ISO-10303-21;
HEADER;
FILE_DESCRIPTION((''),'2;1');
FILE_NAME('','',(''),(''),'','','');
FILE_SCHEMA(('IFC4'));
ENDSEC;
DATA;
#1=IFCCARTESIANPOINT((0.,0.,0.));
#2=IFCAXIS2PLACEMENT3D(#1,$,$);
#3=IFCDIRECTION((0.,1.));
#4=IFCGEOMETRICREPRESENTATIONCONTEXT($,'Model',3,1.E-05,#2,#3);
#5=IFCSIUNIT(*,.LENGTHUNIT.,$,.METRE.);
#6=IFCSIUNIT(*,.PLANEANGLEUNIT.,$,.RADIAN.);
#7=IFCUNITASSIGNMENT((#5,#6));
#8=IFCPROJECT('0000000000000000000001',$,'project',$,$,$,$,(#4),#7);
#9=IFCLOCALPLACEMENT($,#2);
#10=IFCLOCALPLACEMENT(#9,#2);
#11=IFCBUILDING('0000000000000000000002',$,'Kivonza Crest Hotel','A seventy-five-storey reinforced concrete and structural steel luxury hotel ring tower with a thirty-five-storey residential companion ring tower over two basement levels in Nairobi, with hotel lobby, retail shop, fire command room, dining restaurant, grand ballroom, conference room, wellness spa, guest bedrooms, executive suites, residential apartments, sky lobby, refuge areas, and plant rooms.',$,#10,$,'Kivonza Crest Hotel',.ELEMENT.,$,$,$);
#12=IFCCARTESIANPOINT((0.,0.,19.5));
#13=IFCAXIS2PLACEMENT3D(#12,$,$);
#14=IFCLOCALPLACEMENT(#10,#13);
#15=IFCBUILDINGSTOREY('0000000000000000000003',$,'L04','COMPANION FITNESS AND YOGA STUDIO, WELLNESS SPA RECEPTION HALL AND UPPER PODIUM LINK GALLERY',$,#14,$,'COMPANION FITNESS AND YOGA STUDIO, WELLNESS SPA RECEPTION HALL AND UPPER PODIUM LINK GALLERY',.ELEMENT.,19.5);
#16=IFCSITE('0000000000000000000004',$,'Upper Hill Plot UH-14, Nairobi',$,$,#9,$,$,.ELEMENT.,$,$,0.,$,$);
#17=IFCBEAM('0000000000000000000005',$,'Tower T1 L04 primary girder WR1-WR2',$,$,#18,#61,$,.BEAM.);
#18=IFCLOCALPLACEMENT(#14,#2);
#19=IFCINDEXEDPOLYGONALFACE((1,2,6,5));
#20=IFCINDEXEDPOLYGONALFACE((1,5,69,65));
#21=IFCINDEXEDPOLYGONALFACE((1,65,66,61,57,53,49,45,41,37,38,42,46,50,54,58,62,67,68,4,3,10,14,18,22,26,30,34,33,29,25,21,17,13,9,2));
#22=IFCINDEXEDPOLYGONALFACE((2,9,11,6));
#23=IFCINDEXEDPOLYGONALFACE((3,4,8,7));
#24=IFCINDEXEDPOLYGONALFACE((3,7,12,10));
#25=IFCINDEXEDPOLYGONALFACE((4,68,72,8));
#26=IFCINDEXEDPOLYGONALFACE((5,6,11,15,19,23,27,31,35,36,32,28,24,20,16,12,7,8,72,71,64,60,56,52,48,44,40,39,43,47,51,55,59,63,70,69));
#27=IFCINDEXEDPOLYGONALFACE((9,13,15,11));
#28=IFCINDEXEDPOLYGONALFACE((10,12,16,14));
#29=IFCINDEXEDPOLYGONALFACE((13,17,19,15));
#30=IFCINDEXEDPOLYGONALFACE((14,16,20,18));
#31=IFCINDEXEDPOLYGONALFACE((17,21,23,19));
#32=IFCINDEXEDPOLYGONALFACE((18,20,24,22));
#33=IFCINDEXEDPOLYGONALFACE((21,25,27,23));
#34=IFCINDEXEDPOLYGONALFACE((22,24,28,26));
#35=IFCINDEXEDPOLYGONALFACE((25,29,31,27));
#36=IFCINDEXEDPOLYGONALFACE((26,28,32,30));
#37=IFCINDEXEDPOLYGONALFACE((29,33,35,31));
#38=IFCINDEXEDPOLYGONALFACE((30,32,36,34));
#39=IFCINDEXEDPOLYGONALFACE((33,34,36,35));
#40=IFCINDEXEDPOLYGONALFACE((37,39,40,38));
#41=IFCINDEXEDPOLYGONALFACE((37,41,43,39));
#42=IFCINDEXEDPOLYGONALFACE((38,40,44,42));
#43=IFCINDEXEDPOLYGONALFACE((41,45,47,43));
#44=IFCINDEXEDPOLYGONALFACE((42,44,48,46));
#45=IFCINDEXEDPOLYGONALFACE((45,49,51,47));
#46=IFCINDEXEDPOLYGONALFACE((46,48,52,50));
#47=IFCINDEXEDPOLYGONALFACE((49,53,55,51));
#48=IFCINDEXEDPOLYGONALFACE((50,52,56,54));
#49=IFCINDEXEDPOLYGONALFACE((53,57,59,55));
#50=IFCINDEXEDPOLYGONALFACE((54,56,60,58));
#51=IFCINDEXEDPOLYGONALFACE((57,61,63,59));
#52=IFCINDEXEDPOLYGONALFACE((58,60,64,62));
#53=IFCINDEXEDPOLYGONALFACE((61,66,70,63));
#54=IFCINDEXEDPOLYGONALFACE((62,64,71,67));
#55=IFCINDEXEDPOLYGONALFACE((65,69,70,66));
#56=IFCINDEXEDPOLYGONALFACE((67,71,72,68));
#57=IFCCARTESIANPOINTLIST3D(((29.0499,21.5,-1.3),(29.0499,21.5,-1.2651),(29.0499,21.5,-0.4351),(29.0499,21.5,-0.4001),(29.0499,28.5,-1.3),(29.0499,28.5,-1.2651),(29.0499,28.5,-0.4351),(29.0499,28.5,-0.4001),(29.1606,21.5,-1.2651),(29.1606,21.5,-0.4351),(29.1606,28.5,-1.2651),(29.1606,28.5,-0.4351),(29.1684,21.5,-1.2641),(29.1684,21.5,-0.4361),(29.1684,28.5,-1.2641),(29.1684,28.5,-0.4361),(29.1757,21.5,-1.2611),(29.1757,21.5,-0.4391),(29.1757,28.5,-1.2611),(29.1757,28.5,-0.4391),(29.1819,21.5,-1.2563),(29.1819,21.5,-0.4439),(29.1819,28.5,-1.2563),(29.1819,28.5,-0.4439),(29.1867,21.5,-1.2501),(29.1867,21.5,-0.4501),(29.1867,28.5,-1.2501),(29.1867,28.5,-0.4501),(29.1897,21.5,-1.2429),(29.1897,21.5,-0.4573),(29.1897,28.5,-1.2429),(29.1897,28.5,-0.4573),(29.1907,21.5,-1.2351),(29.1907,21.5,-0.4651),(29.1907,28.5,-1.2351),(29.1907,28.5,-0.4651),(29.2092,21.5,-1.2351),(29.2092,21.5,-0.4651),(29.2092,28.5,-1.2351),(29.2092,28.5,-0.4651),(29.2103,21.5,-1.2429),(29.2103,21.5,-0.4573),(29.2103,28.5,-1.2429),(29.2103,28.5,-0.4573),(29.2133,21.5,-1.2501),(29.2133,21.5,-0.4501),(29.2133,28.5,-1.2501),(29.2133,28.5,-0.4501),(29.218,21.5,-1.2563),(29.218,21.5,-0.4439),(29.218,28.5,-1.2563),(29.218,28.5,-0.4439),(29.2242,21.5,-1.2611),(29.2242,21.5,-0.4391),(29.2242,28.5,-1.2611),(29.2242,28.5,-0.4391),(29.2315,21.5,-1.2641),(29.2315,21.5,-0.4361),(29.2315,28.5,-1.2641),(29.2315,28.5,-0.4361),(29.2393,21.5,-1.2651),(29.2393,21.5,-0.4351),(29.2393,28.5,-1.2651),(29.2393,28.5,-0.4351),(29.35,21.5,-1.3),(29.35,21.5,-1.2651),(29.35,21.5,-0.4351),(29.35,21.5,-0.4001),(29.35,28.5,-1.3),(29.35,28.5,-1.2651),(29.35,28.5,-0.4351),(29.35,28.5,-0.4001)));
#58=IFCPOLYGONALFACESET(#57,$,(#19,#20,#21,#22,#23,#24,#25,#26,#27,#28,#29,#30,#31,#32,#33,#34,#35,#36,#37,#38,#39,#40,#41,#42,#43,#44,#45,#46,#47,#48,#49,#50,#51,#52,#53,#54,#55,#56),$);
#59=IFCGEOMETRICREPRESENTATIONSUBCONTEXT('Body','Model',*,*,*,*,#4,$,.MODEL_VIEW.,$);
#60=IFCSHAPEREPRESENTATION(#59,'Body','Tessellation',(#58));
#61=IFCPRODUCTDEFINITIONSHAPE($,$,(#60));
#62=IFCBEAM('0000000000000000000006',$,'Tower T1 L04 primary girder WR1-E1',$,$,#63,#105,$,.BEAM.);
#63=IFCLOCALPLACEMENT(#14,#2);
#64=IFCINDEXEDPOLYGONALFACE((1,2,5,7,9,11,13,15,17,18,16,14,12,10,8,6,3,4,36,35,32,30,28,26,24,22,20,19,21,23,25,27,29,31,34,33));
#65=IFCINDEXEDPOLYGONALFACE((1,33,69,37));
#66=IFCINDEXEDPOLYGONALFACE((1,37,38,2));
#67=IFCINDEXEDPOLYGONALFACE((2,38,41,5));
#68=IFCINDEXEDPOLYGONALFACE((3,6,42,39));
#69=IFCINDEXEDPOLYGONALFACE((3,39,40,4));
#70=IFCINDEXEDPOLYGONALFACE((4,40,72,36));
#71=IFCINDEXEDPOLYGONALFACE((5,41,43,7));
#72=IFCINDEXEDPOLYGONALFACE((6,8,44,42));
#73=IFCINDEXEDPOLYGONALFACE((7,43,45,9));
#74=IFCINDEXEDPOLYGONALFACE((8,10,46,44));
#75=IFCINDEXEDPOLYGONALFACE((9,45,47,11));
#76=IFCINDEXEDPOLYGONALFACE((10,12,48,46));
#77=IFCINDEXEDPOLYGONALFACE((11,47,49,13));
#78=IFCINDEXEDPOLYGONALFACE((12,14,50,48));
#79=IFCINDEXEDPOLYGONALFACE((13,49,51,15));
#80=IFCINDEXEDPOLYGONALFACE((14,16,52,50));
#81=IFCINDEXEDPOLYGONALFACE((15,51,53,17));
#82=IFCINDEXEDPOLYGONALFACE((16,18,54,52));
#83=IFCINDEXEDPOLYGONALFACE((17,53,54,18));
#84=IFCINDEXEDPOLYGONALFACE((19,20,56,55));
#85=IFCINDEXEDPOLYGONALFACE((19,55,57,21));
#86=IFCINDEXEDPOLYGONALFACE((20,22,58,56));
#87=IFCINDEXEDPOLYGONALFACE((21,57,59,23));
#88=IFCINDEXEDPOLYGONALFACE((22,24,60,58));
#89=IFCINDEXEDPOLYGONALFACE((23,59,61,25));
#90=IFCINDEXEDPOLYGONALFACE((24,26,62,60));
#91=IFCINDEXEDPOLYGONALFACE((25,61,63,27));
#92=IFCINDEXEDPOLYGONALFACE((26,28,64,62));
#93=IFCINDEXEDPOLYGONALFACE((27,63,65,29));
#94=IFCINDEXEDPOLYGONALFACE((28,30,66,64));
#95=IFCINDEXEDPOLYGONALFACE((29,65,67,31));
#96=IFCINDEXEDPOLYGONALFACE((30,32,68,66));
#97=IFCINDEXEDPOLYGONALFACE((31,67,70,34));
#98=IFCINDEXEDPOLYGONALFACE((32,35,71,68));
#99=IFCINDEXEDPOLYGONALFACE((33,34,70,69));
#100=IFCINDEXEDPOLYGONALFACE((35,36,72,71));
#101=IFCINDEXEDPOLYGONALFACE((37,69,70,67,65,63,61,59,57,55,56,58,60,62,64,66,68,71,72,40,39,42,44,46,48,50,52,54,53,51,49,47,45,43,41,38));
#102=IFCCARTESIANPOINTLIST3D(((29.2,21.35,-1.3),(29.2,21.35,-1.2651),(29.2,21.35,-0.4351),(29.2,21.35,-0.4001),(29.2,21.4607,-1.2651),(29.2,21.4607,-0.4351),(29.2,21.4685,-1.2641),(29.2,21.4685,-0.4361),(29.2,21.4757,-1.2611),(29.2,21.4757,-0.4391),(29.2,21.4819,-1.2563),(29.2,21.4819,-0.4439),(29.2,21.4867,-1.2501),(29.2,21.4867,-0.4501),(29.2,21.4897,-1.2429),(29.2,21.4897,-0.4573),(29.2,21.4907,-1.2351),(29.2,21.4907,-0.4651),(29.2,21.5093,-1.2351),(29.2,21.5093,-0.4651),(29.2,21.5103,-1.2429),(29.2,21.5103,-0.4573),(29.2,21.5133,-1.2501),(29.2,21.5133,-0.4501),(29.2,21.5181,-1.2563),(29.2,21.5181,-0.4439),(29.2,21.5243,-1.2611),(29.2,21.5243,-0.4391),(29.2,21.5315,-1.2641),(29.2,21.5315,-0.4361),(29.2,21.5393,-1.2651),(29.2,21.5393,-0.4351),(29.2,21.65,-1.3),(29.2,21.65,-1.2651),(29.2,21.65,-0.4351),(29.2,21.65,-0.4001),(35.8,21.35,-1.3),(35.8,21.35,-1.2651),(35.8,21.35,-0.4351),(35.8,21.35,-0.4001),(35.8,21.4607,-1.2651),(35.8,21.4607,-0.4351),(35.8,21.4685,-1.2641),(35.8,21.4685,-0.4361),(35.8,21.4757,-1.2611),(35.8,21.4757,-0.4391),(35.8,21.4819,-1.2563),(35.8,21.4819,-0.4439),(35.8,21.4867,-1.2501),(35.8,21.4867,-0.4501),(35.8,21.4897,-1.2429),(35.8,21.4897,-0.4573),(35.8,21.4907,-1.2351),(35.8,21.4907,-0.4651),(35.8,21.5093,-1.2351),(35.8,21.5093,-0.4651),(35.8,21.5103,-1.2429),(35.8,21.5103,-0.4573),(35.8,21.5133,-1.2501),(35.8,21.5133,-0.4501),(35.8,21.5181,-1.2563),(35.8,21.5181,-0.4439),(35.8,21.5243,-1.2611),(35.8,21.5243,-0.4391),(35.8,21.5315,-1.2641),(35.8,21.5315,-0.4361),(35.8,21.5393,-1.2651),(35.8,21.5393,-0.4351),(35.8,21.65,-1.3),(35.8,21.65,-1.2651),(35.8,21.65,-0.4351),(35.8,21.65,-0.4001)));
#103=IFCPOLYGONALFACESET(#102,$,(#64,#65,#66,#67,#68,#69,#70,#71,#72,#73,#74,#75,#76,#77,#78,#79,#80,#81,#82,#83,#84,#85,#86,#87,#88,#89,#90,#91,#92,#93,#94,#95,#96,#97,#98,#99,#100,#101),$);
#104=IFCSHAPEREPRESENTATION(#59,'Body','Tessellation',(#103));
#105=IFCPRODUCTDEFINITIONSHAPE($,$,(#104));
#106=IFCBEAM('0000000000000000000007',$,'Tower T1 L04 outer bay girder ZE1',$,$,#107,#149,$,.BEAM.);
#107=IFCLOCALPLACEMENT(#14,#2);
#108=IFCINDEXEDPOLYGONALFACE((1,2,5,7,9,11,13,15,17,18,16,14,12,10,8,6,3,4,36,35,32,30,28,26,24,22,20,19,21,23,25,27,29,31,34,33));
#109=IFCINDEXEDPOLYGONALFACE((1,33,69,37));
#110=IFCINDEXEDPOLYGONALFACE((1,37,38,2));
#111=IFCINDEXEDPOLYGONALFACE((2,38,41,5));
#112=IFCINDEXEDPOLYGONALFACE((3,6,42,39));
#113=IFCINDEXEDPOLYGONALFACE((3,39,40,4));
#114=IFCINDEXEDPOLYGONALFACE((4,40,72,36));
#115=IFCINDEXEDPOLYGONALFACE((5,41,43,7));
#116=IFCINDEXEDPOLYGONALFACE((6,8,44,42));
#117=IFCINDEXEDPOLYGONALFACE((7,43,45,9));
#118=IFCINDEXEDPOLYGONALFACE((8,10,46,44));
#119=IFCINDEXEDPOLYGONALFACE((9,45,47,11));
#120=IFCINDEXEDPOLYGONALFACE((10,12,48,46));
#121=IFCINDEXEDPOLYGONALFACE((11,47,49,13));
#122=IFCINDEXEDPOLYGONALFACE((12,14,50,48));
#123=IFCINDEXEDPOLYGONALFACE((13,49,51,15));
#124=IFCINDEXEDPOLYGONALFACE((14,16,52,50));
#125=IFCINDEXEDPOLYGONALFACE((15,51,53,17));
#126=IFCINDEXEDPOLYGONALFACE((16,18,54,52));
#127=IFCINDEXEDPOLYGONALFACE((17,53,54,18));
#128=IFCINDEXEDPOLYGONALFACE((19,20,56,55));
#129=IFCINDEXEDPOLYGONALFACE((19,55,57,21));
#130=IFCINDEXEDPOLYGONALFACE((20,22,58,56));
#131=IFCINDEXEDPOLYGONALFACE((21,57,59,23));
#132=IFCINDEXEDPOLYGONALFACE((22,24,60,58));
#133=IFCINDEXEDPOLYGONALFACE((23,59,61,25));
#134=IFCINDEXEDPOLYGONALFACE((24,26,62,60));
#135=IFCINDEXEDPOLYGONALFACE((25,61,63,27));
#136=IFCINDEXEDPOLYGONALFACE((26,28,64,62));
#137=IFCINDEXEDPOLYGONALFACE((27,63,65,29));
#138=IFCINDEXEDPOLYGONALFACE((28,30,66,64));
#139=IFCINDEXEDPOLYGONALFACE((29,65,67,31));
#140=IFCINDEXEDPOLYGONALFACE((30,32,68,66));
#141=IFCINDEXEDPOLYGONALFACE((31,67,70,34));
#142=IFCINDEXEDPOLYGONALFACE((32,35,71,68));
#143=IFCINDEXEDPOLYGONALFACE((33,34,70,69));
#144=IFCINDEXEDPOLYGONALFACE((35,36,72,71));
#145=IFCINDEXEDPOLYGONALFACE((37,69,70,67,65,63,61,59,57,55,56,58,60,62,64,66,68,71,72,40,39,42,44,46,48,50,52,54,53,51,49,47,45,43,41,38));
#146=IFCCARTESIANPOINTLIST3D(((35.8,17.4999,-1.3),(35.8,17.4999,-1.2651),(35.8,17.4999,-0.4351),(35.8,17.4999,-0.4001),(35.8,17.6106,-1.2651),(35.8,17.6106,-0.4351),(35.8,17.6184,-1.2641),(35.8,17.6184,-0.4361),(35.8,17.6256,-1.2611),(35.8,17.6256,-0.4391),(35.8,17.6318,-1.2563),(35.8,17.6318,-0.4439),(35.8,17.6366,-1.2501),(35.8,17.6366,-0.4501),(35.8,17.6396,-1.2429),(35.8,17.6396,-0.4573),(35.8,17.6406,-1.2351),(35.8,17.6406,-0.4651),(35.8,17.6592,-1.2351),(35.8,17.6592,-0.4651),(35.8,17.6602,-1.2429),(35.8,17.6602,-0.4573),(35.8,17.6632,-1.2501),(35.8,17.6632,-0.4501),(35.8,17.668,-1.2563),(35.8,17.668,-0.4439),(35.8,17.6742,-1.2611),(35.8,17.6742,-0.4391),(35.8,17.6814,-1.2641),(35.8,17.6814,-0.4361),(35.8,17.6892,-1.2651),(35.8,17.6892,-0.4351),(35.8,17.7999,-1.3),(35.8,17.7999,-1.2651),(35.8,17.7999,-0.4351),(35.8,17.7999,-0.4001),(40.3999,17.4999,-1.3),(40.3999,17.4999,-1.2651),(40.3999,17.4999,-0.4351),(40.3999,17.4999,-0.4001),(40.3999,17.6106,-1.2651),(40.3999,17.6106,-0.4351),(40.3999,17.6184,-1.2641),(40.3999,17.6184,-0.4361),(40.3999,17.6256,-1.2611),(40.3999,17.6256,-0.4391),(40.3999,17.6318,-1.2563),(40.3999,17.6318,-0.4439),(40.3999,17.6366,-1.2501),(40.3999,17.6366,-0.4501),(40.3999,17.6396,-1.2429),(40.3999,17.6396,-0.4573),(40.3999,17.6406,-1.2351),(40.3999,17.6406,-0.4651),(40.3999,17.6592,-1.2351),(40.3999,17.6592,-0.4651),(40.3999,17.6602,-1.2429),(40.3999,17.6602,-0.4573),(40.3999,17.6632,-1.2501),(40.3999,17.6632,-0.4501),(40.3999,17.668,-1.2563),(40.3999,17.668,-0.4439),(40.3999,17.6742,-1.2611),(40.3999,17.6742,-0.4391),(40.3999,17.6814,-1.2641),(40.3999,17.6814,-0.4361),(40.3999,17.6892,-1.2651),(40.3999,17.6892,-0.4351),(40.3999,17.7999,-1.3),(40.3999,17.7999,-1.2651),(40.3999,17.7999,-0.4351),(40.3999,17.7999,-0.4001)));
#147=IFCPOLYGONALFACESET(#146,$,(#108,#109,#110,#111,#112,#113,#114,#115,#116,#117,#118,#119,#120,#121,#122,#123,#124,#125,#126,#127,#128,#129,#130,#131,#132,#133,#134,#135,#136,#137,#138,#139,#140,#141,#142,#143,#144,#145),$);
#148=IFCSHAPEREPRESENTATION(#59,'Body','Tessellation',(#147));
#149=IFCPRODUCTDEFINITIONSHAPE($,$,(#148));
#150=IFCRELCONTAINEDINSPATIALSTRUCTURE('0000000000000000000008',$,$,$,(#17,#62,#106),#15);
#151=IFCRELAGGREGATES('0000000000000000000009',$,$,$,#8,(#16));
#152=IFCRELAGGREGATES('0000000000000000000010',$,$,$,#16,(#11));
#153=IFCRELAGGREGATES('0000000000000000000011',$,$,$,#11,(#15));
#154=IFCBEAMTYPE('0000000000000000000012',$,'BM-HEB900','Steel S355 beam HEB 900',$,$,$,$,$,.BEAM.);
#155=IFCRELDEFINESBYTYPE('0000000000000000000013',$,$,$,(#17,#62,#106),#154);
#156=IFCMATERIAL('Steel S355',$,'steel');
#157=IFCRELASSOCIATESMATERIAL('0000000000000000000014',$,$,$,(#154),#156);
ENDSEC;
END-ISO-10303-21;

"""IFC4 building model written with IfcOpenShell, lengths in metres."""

from ifc_helpers import new_model, si_unit, direction, frame, origin, origin_2d, place, context, subcontext, project, spatial, i_section, extrude, material, material_profile, profile_set, type_object, element, save


model = new_model("IFC4")

# Units and contexts
model_context = context("Model", 3, precision=1e-05, world=origin(), true_north=direction((0.0, 1.0)))
body_context = subcontext(model_context, "Body", "Model", "MODEL_VIEW")
ifc_project = project(units=[si_unit("LENGTHUNIT", "METRE"), si_unit("PLANEANGLEUNIT", "RADIAN")], contexts=[model_context])

# Site, building, storey
site_placement = place(None, origin())
site = spatial("IfcSite", under=ifc_project, at=site_placement, Name="Upper Hill Plot UH-14, Nairobi", CompositionType="ELEMENT", RefElevation=0.0)
building_placement = place(site_placement, origin())
building = spatial("IfcBuilding", under=site, at=building_placement, Name="Kivonza Crest Hotel", Description="A seventy-five-storey reinforced concrete and structural steel luxury hotel ring tower with a thirty-five-storey residential companion ring tower over two basement levels in Nairobi, with hotel lobby, retail shop, fire command room, dining restaurant, grand ballroom, conference room, wellness spa, guest bedrooms, executive suites, residential apartments, sky lobby, refuge areas, and plant rooms.", LongName="Kivonza Crest Hotel", CompositionType="ELEMENT")
storey_placement = place(building_placement, frame((0.0, 0.0, 19.5)))
storey = spatial("IfcBuildingStorey", under=building, at=storey_placement, Name="L04", Description="COMPANION FITNESS AND YOGA STUDIO, WELLNESS SPA RECEPTION HALL AND UPPER PODIUM LINK GALLERY", LongName="COMPANION FITNESS AND YOGA STUDIO, WELLNESS SPA RECEPTION HALL AND UPPER PODIUM LINK GALLERY", CompositionType="ELEMENT", Elevation=19.5)

# Shared definitions
ifc_material_1 = material(Name="Steel S355", Category="steel")

# Beams
ifc_material_profile_1 = material_profile(ifc_material_1, i_section(OverallWidth=0.3, OverallDepth=0.8999, WebThickness=0.0186, FlangeThickness=0.0349, FilletRadius=0.03, at=origin_2d()), Name="HEB 900")
ifc_profile_set_1 = profile_set([ifc_material_profile_1], Name="Steel S355")
beam_type_1 = type_object("IfcBeamType", Name="BM-HEB900", Description="Steel S355 beam HEB 900", PredefinedType="BEAM", material=ifc_profile_set_1)
beam_1_placement = place(storey_placement, frame((29.2, 21.5, -0.8501), z_axis=(0.0, 1.0, 0.0), x_axis=(-1.0, 0.0, 0.0)))
element("IfcBeam", 1, at=beam_1_placement, inside=storey, type_object=beam_type_1, Name="Tower T1 L04 primary girder WR1-WR2", PredefinedType="BEAM", context=body_context, shape_type="SweptSolid", body=[
    extrude(i_section(OverallWidth=0.3, OverallDepth=0.8999, WebThickness=0.0186, FlangeThickness=0.0349, FilletRadius=0.03, at=origin_2d()), origin(), (0.0, 0.0, 1.0), 7.0),
])
beam_2_placement = place(storey_placement, frame((29.2, 21.5, -0.8501), z_axis=(1.0, 0.0, 0.0), x_axis=(0.0, 1.0, 0.0)))
element("IfcBeam", 2, at=beam_2_placement, inside=storey, type_object=beam_type_1, Name="Tower T1 L04 primary girder WR1-E1", PredefinedType="BEAM", context=body_context, shape_type="SweptSolid", body=[
    extrude(i_section(OverallWidth=0.3, OverallDepth=0.8999, WebThickness=0.0186, FlangeThickness=0.0349, FilletRadius=0.03, at=origin_2d()), origin(), (0.0, 0.0, 1.0), 6.6001),
])
beam_3_placement = place(storey_placement, frame((40.3999, 17.6499, -0.8501), z_axis=(-1.0, 0.0, 0.0), x_axis=(0.0, -1.0, 0.0)))
element("IfcBeam", 3, at=beam_3_placement, inside=storey, type_object=beam_type_1, Name="Tower T1 L04 outer bay girder ZE1", PredefinedType="BEAM", context=body_context, shape_type="SweptSolid", body=[
    extrude(i_section(OverallWidth=0.3, OverallDepth=0.8999, WebThickness=0.0186, FlangeThickness=0.0349, FilletRadius=0.03, at=origin_2d()), origin(), (0.0, 0.0, 1.0), 4.5999),
])

save(model, "model.ifc")
